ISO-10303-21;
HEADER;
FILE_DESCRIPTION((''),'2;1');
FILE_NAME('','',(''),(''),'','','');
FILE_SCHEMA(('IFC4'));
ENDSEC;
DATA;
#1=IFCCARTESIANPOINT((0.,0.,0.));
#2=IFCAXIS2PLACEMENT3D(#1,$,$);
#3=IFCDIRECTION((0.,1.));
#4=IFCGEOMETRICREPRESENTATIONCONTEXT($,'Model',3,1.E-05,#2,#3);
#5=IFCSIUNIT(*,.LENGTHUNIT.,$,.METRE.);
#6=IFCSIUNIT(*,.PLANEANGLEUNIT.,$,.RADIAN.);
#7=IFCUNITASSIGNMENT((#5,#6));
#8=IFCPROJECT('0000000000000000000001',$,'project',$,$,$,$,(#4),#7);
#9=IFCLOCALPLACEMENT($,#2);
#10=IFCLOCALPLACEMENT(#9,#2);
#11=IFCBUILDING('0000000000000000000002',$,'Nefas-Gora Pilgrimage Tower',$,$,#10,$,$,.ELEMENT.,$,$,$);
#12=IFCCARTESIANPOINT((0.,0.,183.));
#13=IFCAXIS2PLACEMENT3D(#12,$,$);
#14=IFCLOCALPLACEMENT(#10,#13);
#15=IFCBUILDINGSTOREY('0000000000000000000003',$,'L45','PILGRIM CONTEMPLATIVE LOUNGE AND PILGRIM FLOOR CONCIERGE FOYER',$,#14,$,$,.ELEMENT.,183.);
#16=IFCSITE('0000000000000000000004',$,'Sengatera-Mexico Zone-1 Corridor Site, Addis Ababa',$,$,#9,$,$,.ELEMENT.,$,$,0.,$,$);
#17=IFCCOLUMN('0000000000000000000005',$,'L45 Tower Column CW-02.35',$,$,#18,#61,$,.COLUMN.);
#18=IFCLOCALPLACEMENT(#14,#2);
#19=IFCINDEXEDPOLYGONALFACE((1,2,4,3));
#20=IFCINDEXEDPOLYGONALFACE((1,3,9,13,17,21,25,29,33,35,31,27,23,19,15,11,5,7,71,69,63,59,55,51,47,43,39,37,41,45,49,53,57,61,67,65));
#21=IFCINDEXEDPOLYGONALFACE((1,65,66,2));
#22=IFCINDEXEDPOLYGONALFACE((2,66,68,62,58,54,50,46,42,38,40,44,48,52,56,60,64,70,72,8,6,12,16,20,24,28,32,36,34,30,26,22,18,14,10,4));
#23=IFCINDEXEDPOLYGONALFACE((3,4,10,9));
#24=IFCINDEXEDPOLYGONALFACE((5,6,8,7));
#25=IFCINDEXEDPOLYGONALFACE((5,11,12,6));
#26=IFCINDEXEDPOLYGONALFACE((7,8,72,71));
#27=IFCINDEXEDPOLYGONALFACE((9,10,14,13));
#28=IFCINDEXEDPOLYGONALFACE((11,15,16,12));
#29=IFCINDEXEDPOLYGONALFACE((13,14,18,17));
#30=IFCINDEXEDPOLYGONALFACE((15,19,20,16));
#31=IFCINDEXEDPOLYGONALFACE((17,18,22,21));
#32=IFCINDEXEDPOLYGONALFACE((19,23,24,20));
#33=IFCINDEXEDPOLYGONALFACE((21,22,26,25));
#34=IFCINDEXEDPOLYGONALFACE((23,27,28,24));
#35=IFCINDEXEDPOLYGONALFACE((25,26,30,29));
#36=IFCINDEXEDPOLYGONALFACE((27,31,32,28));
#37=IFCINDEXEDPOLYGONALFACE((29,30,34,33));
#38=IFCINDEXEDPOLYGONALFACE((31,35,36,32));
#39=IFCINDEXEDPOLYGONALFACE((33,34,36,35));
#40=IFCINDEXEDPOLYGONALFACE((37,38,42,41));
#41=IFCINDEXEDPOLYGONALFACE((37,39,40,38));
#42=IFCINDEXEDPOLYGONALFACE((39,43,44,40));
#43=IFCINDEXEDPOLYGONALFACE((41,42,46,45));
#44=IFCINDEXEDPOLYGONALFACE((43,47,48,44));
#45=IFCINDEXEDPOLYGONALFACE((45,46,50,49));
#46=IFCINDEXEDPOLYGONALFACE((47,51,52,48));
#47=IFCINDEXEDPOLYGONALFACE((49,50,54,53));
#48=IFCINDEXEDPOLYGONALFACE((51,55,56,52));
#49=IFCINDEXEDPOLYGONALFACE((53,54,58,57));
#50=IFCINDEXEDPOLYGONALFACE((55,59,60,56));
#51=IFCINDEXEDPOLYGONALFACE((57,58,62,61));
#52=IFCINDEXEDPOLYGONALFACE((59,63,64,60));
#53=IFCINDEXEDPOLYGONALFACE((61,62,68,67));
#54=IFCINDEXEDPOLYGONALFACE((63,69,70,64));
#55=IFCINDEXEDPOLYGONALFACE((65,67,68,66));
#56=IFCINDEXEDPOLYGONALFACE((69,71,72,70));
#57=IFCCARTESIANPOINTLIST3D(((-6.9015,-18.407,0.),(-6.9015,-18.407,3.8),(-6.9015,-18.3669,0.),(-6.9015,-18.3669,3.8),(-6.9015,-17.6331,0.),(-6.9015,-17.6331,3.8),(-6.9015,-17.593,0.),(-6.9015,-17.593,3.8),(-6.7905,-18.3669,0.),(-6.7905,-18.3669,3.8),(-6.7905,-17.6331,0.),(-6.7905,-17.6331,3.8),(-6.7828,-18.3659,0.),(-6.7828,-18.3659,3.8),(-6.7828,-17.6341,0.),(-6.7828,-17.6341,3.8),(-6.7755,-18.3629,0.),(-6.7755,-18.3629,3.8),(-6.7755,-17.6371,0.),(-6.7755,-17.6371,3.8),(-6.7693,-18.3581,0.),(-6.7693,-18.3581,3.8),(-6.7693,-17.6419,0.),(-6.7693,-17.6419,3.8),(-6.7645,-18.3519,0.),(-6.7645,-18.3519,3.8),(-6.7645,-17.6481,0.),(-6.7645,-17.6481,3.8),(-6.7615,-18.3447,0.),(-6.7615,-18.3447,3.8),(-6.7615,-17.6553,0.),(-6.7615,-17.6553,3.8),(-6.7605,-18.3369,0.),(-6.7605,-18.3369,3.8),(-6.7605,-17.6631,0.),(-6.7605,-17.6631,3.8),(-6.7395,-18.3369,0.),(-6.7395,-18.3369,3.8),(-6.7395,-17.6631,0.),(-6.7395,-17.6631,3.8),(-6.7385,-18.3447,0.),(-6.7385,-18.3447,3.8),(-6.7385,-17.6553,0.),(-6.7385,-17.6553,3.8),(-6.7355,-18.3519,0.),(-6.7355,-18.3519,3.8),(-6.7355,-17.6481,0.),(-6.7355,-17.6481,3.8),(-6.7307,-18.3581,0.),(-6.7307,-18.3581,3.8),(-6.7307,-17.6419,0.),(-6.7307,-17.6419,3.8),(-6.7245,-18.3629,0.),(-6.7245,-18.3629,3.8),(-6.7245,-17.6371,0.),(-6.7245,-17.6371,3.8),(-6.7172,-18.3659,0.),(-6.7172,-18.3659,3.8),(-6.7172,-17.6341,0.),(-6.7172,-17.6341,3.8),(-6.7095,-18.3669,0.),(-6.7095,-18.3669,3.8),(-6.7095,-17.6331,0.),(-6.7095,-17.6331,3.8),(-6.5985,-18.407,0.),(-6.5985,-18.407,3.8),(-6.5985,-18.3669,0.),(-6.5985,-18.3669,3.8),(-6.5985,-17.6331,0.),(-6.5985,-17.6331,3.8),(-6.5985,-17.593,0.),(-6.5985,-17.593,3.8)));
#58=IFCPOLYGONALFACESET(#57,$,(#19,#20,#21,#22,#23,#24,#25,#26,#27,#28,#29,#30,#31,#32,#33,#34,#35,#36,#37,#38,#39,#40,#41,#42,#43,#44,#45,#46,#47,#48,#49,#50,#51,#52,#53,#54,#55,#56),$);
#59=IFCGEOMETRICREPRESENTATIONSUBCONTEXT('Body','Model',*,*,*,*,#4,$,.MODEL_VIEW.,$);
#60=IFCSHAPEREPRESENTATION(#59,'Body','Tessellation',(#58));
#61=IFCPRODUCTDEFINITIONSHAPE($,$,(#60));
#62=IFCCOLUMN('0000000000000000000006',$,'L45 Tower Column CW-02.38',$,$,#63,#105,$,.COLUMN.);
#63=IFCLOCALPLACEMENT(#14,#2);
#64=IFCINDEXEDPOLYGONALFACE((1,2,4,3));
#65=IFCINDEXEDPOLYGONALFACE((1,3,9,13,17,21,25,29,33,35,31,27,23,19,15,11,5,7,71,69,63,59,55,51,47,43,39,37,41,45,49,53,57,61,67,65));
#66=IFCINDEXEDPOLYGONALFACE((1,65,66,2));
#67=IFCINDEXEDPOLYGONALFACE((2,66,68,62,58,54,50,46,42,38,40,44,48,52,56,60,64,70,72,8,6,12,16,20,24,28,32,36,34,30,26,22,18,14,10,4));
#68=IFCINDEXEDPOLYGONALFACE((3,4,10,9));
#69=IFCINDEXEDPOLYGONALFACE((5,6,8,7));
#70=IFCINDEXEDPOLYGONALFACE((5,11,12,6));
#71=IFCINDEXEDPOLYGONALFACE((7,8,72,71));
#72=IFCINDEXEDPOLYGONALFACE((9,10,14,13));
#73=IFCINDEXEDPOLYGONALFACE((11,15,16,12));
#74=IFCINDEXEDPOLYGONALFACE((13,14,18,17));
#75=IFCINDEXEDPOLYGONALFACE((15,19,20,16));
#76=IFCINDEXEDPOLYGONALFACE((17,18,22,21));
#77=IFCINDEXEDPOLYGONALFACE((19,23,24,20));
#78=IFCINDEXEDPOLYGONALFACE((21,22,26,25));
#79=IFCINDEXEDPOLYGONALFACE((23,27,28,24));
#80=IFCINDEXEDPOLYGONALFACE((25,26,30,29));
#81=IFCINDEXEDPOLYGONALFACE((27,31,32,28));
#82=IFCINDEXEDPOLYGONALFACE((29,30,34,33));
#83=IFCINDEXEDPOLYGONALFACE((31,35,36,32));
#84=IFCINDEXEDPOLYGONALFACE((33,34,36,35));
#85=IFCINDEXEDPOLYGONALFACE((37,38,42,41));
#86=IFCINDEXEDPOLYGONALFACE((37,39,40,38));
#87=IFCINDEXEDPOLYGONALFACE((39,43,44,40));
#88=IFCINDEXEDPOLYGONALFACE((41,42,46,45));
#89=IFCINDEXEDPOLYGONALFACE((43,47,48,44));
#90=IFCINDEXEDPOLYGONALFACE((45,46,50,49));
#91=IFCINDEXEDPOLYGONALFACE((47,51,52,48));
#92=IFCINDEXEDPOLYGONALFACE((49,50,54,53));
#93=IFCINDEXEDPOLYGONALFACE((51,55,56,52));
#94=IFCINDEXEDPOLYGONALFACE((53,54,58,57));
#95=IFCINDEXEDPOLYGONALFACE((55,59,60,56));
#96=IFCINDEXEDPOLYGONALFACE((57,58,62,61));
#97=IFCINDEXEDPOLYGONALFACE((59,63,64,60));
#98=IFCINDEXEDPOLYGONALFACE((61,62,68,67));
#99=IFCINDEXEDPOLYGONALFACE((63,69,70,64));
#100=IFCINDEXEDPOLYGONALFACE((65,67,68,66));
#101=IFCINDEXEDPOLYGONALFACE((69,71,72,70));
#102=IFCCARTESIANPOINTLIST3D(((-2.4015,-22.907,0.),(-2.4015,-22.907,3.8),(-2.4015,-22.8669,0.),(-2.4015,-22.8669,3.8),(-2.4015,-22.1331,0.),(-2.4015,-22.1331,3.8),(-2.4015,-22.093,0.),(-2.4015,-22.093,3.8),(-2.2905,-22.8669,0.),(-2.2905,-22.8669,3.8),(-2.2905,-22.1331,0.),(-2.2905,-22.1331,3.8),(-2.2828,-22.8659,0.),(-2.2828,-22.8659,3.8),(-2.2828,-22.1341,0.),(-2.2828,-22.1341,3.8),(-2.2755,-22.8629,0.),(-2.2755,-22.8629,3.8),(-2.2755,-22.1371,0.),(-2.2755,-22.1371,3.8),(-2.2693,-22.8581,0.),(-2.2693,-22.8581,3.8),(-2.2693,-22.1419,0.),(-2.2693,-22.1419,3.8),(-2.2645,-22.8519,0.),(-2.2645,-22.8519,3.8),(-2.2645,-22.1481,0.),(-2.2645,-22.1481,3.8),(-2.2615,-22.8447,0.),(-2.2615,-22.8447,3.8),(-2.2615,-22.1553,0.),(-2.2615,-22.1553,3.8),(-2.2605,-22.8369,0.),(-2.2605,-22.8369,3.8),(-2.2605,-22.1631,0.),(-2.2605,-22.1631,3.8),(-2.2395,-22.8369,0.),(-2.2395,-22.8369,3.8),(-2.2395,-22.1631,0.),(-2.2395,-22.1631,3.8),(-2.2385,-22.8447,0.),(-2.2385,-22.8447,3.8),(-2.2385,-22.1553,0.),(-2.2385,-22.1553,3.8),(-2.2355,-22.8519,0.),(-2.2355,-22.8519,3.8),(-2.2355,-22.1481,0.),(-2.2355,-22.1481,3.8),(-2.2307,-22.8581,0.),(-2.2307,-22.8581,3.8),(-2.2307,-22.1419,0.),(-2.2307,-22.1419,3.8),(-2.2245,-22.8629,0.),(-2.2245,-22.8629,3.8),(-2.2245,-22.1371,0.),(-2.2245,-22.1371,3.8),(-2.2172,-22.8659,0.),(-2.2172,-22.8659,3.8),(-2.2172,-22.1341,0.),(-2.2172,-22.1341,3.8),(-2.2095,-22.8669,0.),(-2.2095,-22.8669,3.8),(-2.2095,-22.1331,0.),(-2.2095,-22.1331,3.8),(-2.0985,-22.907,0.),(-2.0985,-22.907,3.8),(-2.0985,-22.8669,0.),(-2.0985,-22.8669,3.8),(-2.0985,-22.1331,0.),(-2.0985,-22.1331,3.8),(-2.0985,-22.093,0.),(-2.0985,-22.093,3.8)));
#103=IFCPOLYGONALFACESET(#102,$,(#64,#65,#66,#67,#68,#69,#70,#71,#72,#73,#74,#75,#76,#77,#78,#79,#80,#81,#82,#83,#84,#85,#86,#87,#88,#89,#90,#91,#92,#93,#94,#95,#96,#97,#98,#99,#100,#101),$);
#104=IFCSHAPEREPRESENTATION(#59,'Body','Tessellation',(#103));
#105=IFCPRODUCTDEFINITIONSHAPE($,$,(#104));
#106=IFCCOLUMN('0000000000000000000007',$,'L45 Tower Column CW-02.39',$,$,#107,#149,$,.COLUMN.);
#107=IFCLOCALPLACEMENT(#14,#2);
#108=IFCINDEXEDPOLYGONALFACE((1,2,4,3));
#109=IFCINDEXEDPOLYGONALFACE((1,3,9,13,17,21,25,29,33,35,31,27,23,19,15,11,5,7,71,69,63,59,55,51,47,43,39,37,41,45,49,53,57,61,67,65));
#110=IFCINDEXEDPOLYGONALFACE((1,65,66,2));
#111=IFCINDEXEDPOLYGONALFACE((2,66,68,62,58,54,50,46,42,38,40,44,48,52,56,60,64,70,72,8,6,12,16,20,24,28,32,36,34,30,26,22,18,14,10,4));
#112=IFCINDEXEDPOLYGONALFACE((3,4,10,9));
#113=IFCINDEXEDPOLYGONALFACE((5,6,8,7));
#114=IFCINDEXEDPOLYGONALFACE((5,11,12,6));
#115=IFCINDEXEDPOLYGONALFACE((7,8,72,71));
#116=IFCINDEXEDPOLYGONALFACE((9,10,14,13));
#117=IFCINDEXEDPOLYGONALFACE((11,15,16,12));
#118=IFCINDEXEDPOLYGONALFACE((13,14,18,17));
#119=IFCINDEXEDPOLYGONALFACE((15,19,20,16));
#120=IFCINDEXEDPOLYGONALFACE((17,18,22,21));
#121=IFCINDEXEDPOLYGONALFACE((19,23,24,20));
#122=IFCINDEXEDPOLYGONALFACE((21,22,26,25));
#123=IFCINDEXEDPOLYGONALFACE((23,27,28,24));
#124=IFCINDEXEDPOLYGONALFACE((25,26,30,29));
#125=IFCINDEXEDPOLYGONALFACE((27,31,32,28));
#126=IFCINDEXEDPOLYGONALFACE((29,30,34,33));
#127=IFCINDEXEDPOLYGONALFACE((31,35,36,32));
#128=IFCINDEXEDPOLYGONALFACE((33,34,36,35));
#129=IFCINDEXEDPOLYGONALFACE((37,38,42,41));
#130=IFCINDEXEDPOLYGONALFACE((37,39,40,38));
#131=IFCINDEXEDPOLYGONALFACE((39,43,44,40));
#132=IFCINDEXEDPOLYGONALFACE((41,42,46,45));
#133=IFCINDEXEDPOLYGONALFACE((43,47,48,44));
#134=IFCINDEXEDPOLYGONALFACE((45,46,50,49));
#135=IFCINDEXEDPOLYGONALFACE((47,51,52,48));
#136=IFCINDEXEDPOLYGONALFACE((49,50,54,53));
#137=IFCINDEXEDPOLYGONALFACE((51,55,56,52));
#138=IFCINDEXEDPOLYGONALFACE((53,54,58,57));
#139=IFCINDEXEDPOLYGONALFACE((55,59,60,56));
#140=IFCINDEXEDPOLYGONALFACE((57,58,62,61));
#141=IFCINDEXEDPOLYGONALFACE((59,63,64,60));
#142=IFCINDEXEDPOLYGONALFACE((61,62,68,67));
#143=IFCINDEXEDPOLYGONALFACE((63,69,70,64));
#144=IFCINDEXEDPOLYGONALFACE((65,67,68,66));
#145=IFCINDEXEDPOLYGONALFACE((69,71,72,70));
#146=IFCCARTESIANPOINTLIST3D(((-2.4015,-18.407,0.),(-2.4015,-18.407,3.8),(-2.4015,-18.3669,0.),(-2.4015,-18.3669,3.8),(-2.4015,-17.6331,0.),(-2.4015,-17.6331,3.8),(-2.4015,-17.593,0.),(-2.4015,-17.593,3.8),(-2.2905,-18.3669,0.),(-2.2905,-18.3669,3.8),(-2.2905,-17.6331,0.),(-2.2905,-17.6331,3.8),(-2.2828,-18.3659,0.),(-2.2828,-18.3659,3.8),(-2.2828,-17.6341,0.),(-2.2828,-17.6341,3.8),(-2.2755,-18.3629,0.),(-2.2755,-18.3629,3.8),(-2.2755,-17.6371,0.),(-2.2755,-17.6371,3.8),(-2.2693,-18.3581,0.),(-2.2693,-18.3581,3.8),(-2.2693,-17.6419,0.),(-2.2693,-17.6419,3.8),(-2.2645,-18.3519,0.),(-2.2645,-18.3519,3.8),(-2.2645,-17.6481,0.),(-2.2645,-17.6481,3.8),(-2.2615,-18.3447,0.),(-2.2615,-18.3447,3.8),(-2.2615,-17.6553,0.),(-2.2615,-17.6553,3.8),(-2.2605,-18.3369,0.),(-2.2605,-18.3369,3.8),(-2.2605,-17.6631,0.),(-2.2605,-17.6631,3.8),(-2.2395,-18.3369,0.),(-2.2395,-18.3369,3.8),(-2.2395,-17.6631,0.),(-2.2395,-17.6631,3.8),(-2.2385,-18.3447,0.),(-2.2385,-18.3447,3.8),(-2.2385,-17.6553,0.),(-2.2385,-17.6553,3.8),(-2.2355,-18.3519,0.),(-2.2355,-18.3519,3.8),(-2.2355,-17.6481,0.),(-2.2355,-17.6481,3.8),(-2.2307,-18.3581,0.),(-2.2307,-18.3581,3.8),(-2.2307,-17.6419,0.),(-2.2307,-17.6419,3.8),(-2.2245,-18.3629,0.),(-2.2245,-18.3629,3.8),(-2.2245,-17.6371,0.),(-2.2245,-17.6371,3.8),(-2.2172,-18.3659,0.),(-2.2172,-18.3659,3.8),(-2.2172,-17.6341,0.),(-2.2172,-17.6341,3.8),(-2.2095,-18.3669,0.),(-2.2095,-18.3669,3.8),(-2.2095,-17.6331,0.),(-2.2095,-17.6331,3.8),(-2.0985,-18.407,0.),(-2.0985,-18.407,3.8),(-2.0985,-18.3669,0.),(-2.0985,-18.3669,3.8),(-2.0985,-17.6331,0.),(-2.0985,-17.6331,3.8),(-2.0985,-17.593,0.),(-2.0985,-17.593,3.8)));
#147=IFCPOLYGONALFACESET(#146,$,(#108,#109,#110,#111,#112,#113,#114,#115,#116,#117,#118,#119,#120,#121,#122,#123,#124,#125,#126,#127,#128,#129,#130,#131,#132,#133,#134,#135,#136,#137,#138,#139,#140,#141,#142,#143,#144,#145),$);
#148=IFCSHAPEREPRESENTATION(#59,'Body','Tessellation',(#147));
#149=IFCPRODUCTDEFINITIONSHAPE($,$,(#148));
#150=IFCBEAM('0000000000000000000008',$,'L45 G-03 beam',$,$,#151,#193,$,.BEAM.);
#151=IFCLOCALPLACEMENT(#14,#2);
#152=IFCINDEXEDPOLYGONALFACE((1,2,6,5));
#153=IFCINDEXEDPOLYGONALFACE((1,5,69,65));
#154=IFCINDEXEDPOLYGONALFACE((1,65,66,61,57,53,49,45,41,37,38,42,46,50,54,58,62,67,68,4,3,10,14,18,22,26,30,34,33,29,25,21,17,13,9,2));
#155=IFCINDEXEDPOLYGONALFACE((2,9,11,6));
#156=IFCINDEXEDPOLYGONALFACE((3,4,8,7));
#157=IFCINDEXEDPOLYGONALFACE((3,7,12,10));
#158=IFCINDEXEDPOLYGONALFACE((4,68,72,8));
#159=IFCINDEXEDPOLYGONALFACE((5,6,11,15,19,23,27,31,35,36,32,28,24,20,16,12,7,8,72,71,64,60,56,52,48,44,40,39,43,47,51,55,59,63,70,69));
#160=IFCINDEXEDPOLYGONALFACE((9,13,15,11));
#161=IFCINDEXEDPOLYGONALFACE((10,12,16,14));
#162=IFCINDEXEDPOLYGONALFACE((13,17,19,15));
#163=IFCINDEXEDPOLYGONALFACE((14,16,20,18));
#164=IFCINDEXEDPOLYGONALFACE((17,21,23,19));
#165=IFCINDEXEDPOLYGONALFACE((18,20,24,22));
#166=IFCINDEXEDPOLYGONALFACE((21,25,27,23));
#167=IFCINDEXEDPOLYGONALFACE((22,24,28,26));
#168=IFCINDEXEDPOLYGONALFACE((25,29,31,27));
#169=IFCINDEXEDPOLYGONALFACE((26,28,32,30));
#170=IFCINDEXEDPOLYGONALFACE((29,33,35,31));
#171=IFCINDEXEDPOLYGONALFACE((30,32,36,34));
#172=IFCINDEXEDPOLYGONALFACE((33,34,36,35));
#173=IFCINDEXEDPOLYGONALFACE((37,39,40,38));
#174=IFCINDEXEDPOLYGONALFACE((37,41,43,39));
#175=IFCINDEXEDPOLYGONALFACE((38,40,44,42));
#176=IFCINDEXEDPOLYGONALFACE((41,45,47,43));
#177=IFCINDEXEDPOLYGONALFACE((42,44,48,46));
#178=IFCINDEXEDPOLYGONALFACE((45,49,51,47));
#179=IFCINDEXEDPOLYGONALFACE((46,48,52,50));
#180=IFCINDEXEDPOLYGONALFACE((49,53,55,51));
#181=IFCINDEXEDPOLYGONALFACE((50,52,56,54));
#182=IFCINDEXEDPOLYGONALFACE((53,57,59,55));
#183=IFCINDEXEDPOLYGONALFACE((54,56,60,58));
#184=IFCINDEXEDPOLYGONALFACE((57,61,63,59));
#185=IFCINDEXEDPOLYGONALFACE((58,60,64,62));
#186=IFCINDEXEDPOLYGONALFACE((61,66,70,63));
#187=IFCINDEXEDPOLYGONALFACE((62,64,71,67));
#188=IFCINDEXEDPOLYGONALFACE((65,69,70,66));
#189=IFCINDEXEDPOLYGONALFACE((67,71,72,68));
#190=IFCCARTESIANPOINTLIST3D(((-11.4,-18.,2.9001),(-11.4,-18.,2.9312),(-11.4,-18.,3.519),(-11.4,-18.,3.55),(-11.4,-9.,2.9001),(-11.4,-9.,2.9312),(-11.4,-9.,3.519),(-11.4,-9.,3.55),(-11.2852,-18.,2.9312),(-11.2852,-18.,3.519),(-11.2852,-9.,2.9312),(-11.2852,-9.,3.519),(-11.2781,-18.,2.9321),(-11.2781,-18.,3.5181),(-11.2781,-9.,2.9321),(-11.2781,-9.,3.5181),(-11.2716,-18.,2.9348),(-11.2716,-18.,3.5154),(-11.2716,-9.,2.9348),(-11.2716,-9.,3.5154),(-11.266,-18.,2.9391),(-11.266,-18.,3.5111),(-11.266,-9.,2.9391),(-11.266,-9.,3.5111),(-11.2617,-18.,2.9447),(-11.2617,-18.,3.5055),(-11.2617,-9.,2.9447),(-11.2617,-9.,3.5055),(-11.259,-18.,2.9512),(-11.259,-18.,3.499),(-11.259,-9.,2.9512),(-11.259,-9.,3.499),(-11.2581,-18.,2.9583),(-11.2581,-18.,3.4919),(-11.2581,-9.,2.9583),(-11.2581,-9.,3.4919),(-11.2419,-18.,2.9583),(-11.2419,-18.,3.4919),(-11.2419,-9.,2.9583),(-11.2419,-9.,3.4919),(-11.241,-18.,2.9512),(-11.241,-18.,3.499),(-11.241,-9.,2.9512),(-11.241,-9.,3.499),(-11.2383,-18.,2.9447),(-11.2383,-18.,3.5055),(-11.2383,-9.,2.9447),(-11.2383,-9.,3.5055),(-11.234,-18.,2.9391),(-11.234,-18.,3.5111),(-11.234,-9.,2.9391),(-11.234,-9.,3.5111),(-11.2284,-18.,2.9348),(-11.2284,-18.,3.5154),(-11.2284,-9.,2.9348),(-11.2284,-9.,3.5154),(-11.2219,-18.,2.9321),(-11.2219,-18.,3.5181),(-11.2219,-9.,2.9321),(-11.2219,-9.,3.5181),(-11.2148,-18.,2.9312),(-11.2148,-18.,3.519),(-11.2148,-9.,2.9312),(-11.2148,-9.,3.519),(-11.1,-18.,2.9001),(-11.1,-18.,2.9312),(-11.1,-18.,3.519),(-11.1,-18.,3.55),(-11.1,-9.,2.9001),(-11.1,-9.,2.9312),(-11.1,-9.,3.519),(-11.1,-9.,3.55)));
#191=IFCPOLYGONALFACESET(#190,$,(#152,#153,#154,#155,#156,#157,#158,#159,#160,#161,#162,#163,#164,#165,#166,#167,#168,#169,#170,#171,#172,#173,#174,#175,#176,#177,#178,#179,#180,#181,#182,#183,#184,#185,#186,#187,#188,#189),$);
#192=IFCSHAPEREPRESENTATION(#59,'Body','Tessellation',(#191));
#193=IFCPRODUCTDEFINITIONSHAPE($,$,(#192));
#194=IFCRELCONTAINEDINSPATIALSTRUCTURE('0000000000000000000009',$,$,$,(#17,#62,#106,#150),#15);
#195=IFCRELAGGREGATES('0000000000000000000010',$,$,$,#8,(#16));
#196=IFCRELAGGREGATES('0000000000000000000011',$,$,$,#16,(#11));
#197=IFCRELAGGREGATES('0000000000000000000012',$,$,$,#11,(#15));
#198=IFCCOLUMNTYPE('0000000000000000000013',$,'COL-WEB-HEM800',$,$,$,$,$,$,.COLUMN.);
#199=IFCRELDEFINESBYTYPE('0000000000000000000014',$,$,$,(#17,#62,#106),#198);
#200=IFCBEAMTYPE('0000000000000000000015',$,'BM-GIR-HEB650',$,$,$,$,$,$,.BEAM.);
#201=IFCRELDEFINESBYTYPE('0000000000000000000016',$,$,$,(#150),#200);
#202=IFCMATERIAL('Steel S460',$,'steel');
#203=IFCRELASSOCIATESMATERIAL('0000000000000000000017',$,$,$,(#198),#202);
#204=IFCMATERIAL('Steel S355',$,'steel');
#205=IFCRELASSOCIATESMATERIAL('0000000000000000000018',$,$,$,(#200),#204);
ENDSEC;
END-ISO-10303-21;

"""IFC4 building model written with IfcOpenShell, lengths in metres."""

from ifc_helpers import new_model, si_unit, direction, frame, origin, origin_2d, place, context, subcontext, project, spatial, i_section, extrude, source, transform, mapped, material, material_profile, profile_set, type_object, element, save


model = new_model("IFC4")

# Units and contexts
model_context = context("Model", 3, precision=1e-05, world=origin(), true_north=direction((0.0, 1.0)))
body_context = subcontext(model_context, "Body", "Model", "MODEL_VIEW")
ifc_project = project(units=[si_unit("LENGTHUNIT", "METRE"), si_unit("PLANEANGLEUNIT", "RADIAN")], contexts=[model_context])

# Site, building, storey
site_placement = place(None, origin())
site = spatial("IfcSite", under=ifc_project, at=site_placement, Name="Sengatera-Mexico Zone-1 Corridor Site, Addis Ababa", CompositionType="ELEMENT", RefElevation=0.0)
building_placement = place(site_placement, origin())
building = spatial("IfcBuilding", under=site, at=building_placement, Name="Nefas-Gora Pilgrimage Tower", CompositionType="ELEMENT")
storey_placement = place(building_placement, frame((0.0, 0.0, 183.0)))
storey = spatial("IfcBuildingStorey", under=building, at=storey_placement, Name="L45", Description="PILGRIM CONTEMPLATIVE LOUNGE AND PILGRIM FLOOR CONCIERGE FOYER", CompositionType="ELEMENT", Elevation=183.0)

# Columns
ifc_material_1 = material(Name="Steel S460", Category="steel")
ifc_material_profile_1 = material_profile(ifc_material_1, i_section(OverallWidth=0.303, OverallDepth=0.814, WebThickness=0.021, FlangeThickness=0.04, FilletRadius=0.03, at=origin_2d()), Name="HEM 800")
ifc_profile_set_1 = profile_set([ifc_material_profile_1], Name="Steel S460")
column_type_1 = type_object("IfcColumnType", Name="COL-WEB-HEM800", PredefinedType="COLUMN", material=ifc_profile_set_1)
shared_shape_1 = source(origin(), body_context, "Body", "SweptSolid", [
    extrude(i_section(OverallWidth=0.303, OverallDepth=0.814, WebThickness=0.021, FlangeThickness=0.04, FilletRadius=0.03, at=origin_2d()), origin(), (0.0, 0.0, 1.0), 3.8),
])
for number, where, z_axis, x_axis, name in (
    (1, (-6.75, -18.0, 0.0), (0.0, 0.0, 1.0), (1.0, 0.0, 0.0), "L45 Tower Column CW-02.35"),
    (2, (-2.25, -22.5, 0.0), (0.0, 0.0, 1.0), (1.0, 0.0, 0.0), "L45 Tower Column CW-02.38"),
    (3, (-2.25, -18.0, 0.0), (0.0, 0.0, 1.0), (1.0, 0.0, 0.0), "L45 Tower Column CW-02.39"),
):
    element("IfcColumn", number, at=place(storey_placement, frame(where, z_axis=z_axis, x_axis=x_axis)), inside=storey, type_object=column_type_1, Name=name, PredefinedType="COLUMN", context=body_context, shape_type="MappedRepresentation", body=[
        mapped(shared_shape_1, transform((0.0, 0.0, 0.0), x_axis=(1.0, 0.0, 0.0), y_axis=(0.0, 1.0, 0.0), z_axis=(0.0, 0.0, 1.0), scale=1.0)),
    ])

# Beam
ifc_material_2 = material(Name="Steel S355", Category="steel")
ifc_material_profile_2 = material_profile(ifc_material_2, i_section(OverallWidth=0.3, OverallDepth=0.6499, WebThickness=0.0161, FlangeThickness=0.031, FilletRadius=0.0271, at=origin_2d()), Name="HEB 650")
ifc_profile_set_2 = profile_set([ifc_material_profile_2], Name="Steel S355")
beam_type = type_object("IfcBeamType", Name="BM-GIR-HEB650", PredefinedType="BEAM", material=ifc_profile_set_2)
shared_shape_2 = source(origin(), body_context, "Body", "SweptSolid", [
    extrude(i_section(OverallWidth=0.3, OverallDepth=0.6499, WebThickness=0.0161, FlangeThickness=0.031, FilletRadius=0.0271, at=origin_2d()), origin(), (0.0, 0.0, 1.0), 9.0),
])
beam_placement = place(storey_placement, frame((-11.25, -18.0, 3.2251), z_axis=(0.0, 1.0, 0.0), x_axis=(-1.0, 0.0, 0.0)))
element("IfcBeam", 4, at=beam_placement, inside=storey, type_object=beam_type, Name="L45 G-03 beam", PredefinedType="BEAM", context=body_context, shape_type="MappedRepresentation", body=[
    mapped(shared_shape_2, transform((0.0, 0.0, 0.0), x_axis=(1.0, 0.0, 0.0), y_axis=(0.0, 1.0, 0.0), z_axis=(0.0, 0.0, 1.0), scale=1.0)),
])

save(model, "model.ifc")
